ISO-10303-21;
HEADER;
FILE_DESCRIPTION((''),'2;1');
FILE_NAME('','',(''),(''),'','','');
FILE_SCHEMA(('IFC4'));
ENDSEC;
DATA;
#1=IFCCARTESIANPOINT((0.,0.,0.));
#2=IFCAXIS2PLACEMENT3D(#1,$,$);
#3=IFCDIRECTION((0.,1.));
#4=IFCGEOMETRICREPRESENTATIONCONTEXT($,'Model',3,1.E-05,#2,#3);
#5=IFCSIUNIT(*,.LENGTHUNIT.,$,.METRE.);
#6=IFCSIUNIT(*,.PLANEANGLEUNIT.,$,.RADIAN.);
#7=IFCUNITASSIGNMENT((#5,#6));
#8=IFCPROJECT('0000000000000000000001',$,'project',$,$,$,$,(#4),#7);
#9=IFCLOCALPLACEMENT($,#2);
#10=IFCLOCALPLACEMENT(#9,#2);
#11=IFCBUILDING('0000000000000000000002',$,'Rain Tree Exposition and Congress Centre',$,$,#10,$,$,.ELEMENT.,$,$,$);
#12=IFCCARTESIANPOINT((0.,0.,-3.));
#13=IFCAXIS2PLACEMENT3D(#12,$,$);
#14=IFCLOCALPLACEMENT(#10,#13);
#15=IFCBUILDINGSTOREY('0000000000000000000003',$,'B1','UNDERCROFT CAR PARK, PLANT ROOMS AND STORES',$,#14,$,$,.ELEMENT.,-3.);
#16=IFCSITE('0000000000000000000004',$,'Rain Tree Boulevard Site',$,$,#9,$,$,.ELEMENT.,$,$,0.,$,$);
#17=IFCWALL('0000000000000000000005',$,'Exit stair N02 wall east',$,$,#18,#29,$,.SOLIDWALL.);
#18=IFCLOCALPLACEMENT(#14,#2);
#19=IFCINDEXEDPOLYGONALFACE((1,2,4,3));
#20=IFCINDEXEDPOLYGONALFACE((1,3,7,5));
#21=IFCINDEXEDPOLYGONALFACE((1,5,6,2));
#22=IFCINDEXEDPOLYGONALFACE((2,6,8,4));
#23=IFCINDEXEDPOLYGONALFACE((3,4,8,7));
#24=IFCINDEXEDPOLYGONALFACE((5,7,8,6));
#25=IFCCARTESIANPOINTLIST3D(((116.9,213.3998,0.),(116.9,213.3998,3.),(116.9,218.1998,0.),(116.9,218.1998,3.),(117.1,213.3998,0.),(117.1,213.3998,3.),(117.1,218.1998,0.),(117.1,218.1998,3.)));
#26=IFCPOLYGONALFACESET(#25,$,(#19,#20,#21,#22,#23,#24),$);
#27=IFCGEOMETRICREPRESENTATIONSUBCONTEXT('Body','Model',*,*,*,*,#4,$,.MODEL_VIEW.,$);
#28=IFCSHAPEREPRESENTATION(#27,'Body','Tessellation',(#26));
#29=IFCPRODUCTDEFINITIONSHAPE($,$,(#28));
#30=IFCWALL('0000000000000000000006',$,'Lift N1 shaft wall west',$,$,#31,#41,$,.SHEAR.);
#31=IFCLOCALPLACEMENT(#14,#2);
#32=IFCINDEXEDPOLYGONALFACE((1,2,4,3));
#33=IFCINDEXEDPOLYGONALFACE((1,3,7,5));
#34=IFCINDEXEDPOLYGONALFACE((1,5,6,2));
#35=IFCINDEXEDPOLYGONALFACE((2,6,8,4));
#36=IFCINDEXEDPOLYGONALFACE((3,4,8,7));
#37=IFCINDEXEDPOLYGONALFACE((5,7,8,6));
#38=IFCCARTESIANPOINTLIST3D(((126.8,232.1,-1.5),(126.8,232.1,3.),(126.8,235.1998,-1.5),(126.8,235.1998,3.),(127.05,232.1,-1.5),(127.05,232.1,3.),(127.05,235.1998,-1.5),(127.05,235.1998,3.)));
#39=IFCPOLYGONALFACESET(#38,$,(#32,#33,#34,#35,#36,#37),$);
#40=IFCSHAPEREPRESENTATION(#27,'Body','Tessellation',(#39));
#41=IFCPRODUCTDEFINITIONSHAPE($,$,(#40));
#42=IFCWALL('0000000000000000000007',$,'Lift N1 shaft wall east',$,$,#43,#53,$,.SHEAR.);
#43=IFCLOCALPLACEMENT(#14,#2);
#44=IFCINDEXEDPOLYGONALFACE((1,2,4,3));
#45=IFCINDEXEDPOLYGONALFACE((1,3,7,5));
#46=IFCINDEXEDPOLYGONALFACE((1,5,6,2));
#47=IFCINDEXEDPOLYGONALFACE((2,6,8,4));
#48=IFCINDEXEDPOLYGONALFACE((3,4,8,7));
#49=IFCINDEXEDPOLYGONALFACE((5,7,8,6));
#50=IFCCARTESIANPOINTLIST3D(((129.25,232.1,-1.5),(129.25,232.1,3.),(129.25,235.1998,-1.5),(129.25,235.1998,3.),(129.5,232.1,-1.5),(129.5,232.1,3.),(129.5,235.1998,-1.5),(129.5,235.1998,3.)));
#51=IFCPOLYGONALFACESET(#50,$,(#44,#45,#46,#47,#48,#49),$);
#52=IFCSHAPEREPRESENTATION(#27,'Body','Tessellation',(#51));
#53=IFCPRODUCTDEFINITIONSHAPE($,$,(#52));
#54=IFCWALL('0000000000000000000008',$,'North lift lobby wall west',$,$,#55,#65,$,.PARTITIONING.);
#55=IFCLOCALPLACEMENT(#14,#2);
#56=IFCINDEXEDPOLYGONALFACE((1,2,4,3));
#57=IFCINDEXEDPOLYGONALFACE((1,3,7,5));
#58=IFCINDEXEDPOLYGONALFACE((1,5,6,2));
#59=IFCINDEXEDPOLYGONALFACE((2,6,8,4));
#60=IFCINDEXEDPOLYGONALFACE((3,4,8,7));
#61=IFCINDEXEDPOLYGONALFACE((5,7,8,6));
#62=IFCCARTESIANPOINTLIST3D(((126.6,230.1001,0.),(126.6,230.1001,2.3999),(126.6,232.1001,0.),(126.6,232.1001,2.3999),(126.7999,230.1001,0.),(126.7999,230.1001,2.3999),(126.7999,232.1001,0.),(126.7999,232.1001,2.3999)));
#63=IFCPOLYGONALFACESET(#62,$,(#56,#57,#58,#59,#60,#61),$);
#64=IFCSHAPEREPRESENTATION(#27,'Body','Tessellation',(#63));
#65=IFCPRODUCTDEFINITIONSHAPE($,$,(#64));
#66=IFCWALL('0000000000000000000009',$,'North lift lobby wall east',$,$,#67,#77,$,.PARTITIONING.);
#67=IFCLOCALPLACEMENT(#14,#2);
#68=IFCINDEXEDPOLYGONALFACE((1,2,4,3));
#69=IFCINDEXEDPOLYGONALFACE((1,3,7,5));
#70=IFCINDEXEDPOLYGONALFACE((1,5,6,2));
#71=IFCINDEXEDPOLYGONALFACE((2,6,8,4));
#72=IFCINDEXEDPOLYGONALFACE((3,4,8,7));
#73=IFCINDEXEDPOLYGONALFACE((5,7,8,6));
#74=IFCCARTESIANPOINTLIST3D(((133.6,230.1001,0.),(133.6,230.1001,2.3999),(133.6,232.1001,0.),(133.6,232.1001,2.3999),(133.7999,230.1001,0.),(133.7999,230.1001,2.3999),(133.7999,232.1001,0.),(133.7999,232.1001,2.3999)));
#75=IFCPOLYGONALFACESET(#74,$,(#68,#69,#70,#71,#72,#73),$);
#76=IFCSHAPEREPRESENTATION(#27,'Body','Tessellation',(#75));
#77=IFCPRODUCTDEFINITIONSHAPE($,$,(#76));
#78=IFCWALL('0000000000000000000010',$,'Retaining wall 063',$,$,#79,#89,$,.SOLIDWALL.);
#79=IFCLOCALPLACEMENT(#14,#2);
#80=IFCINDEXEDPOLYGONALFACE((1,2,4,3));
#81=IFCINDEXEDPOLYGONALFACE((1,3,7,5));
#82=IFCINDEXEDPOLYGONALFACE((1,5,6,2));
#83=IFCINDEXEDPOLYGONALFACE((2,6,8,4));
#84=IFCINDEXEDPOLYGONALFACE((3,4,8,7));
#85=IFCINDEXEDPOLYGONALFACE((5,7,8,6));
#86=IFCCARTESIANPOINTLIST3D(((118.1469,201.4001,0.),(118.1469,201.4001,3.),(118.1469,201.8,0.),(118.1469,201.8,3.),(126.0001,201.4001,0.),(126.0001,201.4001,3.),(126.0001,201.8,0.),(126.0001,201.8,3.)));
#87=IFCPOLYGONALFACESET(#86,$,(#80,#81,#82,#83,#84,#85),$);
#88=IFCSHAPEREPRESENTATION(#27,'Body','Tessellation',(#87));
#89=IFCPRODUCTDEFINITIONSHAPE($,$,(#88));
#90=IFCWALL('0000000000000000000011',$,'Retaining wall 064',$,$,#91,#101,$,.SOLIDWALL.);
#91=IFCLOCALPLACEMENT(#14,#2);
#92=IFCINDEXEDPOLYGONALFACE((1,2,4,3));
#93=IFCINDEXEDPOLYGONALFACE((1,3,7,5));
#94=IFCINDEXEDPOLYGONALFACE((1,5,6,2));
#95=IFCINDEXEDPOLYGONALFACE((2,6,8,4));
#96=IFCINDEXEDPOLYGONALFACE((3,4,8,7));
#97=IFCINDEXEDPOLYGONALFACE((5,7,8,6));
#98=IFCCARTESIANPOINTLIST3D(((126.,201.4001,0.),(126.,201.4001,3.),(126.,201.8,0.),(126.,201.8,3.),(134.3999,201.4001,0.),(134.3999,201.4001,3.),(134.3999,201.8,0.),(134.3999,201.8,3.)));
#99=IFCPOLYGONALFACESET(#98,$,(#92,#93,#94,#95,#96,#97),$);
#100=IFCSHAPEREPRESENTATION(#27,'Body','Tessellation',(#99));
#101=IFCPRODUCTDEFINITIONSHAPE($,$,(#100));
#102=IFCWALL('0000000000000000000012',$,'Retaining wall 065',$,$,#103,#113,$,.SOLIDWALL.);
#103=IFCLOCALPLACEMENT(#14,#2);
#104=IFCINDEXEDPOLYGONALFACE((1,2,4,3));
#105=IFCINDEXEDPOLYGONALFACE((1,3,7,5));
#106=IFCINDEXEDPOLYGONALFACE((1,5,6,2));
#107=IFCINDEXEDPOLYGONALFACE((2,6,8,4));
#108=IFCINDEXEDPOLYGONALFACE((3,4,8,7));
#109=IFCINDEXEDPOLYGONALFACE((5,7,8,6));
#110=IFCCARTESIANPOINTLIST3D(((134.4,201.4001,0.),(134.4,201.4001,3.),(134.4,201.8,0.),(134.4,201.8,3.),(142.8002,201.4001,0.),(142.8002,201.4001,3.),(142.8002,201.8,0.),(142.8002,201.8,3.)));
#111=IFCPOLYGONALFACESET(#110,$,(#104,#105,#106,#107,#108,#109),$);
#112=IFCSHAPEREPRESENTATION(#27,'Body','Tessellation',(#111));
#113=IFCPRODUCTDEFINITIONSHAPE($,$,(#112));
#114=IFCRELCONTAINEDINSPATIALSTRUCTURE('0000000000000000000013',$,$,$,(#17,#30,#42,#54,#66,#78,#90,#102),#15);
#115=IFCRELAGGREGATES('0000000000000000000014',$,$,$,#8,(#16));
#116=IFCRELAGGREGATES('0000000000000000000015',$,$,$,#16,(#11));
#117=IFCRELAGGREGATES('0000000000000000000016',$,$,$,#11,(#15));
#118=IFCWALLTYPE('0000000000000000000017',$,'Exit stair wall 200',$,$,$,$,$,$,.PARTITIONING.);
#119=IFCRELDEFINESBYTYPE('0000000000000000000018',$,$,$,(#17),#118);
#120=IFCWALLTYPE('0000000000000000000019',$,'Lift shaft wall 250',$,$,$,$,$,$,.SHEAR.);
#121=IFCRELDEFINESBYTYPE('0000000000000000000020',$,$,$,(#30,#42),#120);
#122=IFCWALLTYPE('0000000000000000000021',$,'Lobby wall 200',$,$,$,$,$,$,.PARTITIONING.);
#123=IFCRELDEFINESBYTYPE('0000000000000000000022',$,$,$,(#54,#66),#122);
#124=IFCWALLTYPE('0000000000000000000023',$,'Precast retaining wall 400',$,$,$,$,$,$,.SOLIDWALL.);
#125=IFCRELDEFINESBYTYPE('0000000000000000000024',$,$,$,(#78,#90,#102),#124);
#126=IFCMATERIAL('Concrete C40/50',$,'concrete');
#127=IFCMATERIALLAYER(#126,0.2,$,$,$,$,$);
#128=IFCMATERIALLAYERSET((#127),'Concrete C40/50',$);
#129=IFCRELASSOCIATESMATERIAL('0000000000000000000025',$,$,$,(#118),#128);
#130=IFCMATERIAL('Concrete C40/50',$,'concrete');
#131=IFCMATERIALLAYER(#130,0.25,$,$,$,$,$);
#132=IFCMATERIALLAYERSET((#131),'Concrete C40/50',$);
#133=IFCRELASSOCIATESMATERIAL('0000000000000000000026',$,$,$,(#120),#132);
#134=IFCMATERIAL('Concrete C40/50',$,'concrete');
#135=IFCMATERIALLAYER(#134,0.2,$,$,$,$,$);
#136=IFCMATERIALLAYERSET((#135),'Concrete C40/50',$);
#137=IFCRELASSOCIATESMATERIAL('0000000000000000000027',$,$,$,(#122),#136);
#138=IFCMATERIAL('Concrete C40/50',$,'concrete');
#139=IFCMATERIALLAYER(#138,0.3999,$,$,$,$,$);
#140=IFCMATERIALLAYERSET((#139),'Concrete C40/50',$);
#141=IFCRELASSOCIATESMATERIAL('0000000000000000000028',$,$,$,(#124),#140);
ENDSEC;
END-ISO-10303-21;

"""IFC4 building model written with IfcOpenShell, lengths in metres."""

from ifc_helpers import new_model, si_unit, direction, frame, frame_2d, origin, place, context, subcontext, project, spatial, rectangle, extrude, material, layer, layer_set, type_object, element, save


model = new_model("IFC4")

# Units and contexts
model_context = context("Model", 3, precision=1e-05, world=origin(), true_north=direction((0.0, 1.0)))
body_context = subcontext(model_context, "Body", "Model", "MODEL_VIEW")
ifc_project = project(units=[si_unit("LENGTHUNIT", "METRE"), si_unit("PLANEANGLEUNIT", "RADIAN")], contexts=[model_context])

# Site, building, storey
site_placement = place(None, origin())
site = spatial("IfcSite", under=ifc_project, at=site_placement, Name="Rain Tree Boulevard Site", CompositionType="ELEMENT", RefElevation=0.0)
building_placement = place(site_placement, origin())
building = spatial("IfcBuilding", under=site, at=building_placement, Name="Rain Tree Exposition and Congress Centre", CompositionType="ELEMENT")
storey_placement = place(building_placement, frame((0.0, 0.0, -3.0)))
storey = spatial("IfcBuildingStorey", under=building, at=storey_placement, Name="B1", Description="UNDERCROFT CAR PARK, PLANT ROOMS AND STORES", CompositionType="ELEMENT", Elevation=-3.0)

# Walls
ifc_material_1 = material(Name="Concrete C40/50", Category="concrete")
ifc_layer_1 = layer(ifc_material_1, 0.2)
ifc_layer_set_1 = layer_set([ifc_layer_1], Name="Concrete C40/50")
wall_type_1 = type_object("IfcWallType", Name="Exit stair wall 200", PredefinedType="PARTITIONING", material=ifc_layer_set_1)
wall_1_placement = place(storey_placement, frame((117.0, 213.3999, 0.0), z_axis=(0.0, 0.0, 1.0), x_axis=(0.0, 1.0, 0.0)))
element("IfcWall", 1, at=wall_1_placement, inside=storey, type_object=wall_type_1, Name="Exit stair N02 wall east", PredefinedType="SOLIDWALL", context=body_context, shape_type="SweptSolid", body=[
    extrude(rectangle(XDim=4.8, YDim=0.2, at=frame_2d((2.3999, 0.0))), origin(), (0.0, 0.0, 1.0), 3.0),
])
ifc_material_2 = material(Name="Concrete C40/50", Category="concrete")
ifc_layer_2 = layer(ifc_material_2, 0.25)
ifc_layer_set_2 = layer_set([ifc_layer_2], Name="Concrete C40/50")
wall_type_2 = type_object("IfcWallType", Name="Lift shaft wall 250", PredefinedType="SHEAR", material=ifc_layer_set_2)
for number, where, z_axis, x_axis, name in (
    (2, (126.925, 232.1001, -1.5), (0.0, 0.0, 1.0), (0.0, 1.0, 0.0), "Lift N1 shaft wall west"),
    (3, (129.375, 232.1001, -1.5), (0.0, 0.0, 1.0), (0.0, 1.0, 0.0), "Lift N1 shaft wall east"),
):
    element("IfcWall", number, at=place(storey_placement, frame(where, z_axis=z_axis, x_axis=x_axis)), inside=storey, type_object=wall_type_2, Name=name, PredefinedType="SHEAR", context=body_context, shape_type="SweptSolid", body=[
        extrude(rectangle(XDim=3.0999, YDim=0.25, at=frame_2d((1.5498, 0.0))), origin(), (0.0, 0.0, 1.0), 4.5),
    ])
ifc_material_3 = material(Name="Concrete C40/50", Category="concrete")
ifc_layer_3 = layer(ifc_material_3, 0.2)
ifc_layer_set_3 = layer_set([ifc_layer_3], Name="Concrete C40/50")
wall_type_3 = type_object("IfcWallType", Name="Lobby wall 200", PredefinedType="PARTITIONING", material=ifc_layer_set_3)
for number, where, z_axis, x_axis, name in (
    (4, (126.7, 230.1001, 0.0), (0.0, 0.0, 1.0), (0.0, 1.0, 0.0), "North lift lobby wall west"),
    (5, (133.7, 230.1001, 0.0), (0.0, 0.0, 1.0), (0.0, 1.0, 0.0), "North lift lobby wall east"),
):
    element("IfcWall", number, at=place(storey_placement, frame(where, z_axis=z_axis, x_axis=x_axis)), inside=storey, type_object=wall_type_3, Name=name, PredefinedType="PARTITIONING", context=body_context, shape_type="SweptSolid", body=[
        extrude(rectangle(XDim=2.0, YDim=0.2, at=frame_2d((1.0, 0.0))), origin(), (0.0, 0.0, 1.0), 2.3999),
    ])

# Walls
ifc_material_4 = material(Name="Concrete C40/50", Category="concrete")
ifc_layer_4 = layer(ifc_material_4, 0.3999)
ifc_layer_set_4 = layer_set([ifc_layer_4], Name="Concrete C40/50")
wall_type_4 = type_object("IfcWallType", Name="Precast retaining wall 400", PredefinedType="SOLIDWALL", material=ifc_layer_set_4)
wall_2_placement = place(storey_placement, frame((118.1467, 201.6001, 0.0), z_axis=(0.0, 0.0, 1.0), x_axis=(1.0, 0.0, 0.0)))
element("IfcWall", 6, at=wall_2_placement, inside=storey, type_object=wall_type_4, Name="Retaining wall 063", PredefinedType="SOLIDWALL", context=body_context, shape_type="SweptSolid", body=[
    extrude(rectangle(XDim=7.8533, YDim=0.3999, at=frame_2d((3.9268, 0.0))), origin(), (0.0, 0.0, 1.0), 3.0),
])
wall_3_placement = place(storey_placement, frame((126.0, 201.6001, 0.0), z_axis=(0.0, 0.0, 1.0), x_axis=(1.0, 0.0, 0.0)))
element("IfcWall", 7, at=wall_3_placement, inside=storey, type_object=wall_type_4, Name="Retaining wall 064", PredefinedType="SOLIDWALL", context=body_context, shape_type="SweptSolid", body=[
    extrude(rectangle(XDim=8.3999, YDim=0.3999, at=frame_2d((4.2, 0.0))), origin(), (0.0, 0.0, 1.0), 3.0),
])
wall_4_placement = place(storey_placement, frame((134.3999, 201.6001, 0.0), z_axis=(0.0, 0.0, 1.0), x_axis=(1.0, 0.0, 0.0)))
element("IfcWall", 8, at=wall_4_placement, inside=storey, type_object=wall_type_4, Name="Retaining wall 065", PredefinedType="SOLIDWALL", context=body_context, shape_type="SweptSolid", body=[
    extrude(rectangle(XDim=8.4001, YDim=0.3999, at=frame_2d((4.2002, 0.0))), origin(), (0.0, 0.0, 1.0), 3.0),
])

save(model, "model.ifc")
